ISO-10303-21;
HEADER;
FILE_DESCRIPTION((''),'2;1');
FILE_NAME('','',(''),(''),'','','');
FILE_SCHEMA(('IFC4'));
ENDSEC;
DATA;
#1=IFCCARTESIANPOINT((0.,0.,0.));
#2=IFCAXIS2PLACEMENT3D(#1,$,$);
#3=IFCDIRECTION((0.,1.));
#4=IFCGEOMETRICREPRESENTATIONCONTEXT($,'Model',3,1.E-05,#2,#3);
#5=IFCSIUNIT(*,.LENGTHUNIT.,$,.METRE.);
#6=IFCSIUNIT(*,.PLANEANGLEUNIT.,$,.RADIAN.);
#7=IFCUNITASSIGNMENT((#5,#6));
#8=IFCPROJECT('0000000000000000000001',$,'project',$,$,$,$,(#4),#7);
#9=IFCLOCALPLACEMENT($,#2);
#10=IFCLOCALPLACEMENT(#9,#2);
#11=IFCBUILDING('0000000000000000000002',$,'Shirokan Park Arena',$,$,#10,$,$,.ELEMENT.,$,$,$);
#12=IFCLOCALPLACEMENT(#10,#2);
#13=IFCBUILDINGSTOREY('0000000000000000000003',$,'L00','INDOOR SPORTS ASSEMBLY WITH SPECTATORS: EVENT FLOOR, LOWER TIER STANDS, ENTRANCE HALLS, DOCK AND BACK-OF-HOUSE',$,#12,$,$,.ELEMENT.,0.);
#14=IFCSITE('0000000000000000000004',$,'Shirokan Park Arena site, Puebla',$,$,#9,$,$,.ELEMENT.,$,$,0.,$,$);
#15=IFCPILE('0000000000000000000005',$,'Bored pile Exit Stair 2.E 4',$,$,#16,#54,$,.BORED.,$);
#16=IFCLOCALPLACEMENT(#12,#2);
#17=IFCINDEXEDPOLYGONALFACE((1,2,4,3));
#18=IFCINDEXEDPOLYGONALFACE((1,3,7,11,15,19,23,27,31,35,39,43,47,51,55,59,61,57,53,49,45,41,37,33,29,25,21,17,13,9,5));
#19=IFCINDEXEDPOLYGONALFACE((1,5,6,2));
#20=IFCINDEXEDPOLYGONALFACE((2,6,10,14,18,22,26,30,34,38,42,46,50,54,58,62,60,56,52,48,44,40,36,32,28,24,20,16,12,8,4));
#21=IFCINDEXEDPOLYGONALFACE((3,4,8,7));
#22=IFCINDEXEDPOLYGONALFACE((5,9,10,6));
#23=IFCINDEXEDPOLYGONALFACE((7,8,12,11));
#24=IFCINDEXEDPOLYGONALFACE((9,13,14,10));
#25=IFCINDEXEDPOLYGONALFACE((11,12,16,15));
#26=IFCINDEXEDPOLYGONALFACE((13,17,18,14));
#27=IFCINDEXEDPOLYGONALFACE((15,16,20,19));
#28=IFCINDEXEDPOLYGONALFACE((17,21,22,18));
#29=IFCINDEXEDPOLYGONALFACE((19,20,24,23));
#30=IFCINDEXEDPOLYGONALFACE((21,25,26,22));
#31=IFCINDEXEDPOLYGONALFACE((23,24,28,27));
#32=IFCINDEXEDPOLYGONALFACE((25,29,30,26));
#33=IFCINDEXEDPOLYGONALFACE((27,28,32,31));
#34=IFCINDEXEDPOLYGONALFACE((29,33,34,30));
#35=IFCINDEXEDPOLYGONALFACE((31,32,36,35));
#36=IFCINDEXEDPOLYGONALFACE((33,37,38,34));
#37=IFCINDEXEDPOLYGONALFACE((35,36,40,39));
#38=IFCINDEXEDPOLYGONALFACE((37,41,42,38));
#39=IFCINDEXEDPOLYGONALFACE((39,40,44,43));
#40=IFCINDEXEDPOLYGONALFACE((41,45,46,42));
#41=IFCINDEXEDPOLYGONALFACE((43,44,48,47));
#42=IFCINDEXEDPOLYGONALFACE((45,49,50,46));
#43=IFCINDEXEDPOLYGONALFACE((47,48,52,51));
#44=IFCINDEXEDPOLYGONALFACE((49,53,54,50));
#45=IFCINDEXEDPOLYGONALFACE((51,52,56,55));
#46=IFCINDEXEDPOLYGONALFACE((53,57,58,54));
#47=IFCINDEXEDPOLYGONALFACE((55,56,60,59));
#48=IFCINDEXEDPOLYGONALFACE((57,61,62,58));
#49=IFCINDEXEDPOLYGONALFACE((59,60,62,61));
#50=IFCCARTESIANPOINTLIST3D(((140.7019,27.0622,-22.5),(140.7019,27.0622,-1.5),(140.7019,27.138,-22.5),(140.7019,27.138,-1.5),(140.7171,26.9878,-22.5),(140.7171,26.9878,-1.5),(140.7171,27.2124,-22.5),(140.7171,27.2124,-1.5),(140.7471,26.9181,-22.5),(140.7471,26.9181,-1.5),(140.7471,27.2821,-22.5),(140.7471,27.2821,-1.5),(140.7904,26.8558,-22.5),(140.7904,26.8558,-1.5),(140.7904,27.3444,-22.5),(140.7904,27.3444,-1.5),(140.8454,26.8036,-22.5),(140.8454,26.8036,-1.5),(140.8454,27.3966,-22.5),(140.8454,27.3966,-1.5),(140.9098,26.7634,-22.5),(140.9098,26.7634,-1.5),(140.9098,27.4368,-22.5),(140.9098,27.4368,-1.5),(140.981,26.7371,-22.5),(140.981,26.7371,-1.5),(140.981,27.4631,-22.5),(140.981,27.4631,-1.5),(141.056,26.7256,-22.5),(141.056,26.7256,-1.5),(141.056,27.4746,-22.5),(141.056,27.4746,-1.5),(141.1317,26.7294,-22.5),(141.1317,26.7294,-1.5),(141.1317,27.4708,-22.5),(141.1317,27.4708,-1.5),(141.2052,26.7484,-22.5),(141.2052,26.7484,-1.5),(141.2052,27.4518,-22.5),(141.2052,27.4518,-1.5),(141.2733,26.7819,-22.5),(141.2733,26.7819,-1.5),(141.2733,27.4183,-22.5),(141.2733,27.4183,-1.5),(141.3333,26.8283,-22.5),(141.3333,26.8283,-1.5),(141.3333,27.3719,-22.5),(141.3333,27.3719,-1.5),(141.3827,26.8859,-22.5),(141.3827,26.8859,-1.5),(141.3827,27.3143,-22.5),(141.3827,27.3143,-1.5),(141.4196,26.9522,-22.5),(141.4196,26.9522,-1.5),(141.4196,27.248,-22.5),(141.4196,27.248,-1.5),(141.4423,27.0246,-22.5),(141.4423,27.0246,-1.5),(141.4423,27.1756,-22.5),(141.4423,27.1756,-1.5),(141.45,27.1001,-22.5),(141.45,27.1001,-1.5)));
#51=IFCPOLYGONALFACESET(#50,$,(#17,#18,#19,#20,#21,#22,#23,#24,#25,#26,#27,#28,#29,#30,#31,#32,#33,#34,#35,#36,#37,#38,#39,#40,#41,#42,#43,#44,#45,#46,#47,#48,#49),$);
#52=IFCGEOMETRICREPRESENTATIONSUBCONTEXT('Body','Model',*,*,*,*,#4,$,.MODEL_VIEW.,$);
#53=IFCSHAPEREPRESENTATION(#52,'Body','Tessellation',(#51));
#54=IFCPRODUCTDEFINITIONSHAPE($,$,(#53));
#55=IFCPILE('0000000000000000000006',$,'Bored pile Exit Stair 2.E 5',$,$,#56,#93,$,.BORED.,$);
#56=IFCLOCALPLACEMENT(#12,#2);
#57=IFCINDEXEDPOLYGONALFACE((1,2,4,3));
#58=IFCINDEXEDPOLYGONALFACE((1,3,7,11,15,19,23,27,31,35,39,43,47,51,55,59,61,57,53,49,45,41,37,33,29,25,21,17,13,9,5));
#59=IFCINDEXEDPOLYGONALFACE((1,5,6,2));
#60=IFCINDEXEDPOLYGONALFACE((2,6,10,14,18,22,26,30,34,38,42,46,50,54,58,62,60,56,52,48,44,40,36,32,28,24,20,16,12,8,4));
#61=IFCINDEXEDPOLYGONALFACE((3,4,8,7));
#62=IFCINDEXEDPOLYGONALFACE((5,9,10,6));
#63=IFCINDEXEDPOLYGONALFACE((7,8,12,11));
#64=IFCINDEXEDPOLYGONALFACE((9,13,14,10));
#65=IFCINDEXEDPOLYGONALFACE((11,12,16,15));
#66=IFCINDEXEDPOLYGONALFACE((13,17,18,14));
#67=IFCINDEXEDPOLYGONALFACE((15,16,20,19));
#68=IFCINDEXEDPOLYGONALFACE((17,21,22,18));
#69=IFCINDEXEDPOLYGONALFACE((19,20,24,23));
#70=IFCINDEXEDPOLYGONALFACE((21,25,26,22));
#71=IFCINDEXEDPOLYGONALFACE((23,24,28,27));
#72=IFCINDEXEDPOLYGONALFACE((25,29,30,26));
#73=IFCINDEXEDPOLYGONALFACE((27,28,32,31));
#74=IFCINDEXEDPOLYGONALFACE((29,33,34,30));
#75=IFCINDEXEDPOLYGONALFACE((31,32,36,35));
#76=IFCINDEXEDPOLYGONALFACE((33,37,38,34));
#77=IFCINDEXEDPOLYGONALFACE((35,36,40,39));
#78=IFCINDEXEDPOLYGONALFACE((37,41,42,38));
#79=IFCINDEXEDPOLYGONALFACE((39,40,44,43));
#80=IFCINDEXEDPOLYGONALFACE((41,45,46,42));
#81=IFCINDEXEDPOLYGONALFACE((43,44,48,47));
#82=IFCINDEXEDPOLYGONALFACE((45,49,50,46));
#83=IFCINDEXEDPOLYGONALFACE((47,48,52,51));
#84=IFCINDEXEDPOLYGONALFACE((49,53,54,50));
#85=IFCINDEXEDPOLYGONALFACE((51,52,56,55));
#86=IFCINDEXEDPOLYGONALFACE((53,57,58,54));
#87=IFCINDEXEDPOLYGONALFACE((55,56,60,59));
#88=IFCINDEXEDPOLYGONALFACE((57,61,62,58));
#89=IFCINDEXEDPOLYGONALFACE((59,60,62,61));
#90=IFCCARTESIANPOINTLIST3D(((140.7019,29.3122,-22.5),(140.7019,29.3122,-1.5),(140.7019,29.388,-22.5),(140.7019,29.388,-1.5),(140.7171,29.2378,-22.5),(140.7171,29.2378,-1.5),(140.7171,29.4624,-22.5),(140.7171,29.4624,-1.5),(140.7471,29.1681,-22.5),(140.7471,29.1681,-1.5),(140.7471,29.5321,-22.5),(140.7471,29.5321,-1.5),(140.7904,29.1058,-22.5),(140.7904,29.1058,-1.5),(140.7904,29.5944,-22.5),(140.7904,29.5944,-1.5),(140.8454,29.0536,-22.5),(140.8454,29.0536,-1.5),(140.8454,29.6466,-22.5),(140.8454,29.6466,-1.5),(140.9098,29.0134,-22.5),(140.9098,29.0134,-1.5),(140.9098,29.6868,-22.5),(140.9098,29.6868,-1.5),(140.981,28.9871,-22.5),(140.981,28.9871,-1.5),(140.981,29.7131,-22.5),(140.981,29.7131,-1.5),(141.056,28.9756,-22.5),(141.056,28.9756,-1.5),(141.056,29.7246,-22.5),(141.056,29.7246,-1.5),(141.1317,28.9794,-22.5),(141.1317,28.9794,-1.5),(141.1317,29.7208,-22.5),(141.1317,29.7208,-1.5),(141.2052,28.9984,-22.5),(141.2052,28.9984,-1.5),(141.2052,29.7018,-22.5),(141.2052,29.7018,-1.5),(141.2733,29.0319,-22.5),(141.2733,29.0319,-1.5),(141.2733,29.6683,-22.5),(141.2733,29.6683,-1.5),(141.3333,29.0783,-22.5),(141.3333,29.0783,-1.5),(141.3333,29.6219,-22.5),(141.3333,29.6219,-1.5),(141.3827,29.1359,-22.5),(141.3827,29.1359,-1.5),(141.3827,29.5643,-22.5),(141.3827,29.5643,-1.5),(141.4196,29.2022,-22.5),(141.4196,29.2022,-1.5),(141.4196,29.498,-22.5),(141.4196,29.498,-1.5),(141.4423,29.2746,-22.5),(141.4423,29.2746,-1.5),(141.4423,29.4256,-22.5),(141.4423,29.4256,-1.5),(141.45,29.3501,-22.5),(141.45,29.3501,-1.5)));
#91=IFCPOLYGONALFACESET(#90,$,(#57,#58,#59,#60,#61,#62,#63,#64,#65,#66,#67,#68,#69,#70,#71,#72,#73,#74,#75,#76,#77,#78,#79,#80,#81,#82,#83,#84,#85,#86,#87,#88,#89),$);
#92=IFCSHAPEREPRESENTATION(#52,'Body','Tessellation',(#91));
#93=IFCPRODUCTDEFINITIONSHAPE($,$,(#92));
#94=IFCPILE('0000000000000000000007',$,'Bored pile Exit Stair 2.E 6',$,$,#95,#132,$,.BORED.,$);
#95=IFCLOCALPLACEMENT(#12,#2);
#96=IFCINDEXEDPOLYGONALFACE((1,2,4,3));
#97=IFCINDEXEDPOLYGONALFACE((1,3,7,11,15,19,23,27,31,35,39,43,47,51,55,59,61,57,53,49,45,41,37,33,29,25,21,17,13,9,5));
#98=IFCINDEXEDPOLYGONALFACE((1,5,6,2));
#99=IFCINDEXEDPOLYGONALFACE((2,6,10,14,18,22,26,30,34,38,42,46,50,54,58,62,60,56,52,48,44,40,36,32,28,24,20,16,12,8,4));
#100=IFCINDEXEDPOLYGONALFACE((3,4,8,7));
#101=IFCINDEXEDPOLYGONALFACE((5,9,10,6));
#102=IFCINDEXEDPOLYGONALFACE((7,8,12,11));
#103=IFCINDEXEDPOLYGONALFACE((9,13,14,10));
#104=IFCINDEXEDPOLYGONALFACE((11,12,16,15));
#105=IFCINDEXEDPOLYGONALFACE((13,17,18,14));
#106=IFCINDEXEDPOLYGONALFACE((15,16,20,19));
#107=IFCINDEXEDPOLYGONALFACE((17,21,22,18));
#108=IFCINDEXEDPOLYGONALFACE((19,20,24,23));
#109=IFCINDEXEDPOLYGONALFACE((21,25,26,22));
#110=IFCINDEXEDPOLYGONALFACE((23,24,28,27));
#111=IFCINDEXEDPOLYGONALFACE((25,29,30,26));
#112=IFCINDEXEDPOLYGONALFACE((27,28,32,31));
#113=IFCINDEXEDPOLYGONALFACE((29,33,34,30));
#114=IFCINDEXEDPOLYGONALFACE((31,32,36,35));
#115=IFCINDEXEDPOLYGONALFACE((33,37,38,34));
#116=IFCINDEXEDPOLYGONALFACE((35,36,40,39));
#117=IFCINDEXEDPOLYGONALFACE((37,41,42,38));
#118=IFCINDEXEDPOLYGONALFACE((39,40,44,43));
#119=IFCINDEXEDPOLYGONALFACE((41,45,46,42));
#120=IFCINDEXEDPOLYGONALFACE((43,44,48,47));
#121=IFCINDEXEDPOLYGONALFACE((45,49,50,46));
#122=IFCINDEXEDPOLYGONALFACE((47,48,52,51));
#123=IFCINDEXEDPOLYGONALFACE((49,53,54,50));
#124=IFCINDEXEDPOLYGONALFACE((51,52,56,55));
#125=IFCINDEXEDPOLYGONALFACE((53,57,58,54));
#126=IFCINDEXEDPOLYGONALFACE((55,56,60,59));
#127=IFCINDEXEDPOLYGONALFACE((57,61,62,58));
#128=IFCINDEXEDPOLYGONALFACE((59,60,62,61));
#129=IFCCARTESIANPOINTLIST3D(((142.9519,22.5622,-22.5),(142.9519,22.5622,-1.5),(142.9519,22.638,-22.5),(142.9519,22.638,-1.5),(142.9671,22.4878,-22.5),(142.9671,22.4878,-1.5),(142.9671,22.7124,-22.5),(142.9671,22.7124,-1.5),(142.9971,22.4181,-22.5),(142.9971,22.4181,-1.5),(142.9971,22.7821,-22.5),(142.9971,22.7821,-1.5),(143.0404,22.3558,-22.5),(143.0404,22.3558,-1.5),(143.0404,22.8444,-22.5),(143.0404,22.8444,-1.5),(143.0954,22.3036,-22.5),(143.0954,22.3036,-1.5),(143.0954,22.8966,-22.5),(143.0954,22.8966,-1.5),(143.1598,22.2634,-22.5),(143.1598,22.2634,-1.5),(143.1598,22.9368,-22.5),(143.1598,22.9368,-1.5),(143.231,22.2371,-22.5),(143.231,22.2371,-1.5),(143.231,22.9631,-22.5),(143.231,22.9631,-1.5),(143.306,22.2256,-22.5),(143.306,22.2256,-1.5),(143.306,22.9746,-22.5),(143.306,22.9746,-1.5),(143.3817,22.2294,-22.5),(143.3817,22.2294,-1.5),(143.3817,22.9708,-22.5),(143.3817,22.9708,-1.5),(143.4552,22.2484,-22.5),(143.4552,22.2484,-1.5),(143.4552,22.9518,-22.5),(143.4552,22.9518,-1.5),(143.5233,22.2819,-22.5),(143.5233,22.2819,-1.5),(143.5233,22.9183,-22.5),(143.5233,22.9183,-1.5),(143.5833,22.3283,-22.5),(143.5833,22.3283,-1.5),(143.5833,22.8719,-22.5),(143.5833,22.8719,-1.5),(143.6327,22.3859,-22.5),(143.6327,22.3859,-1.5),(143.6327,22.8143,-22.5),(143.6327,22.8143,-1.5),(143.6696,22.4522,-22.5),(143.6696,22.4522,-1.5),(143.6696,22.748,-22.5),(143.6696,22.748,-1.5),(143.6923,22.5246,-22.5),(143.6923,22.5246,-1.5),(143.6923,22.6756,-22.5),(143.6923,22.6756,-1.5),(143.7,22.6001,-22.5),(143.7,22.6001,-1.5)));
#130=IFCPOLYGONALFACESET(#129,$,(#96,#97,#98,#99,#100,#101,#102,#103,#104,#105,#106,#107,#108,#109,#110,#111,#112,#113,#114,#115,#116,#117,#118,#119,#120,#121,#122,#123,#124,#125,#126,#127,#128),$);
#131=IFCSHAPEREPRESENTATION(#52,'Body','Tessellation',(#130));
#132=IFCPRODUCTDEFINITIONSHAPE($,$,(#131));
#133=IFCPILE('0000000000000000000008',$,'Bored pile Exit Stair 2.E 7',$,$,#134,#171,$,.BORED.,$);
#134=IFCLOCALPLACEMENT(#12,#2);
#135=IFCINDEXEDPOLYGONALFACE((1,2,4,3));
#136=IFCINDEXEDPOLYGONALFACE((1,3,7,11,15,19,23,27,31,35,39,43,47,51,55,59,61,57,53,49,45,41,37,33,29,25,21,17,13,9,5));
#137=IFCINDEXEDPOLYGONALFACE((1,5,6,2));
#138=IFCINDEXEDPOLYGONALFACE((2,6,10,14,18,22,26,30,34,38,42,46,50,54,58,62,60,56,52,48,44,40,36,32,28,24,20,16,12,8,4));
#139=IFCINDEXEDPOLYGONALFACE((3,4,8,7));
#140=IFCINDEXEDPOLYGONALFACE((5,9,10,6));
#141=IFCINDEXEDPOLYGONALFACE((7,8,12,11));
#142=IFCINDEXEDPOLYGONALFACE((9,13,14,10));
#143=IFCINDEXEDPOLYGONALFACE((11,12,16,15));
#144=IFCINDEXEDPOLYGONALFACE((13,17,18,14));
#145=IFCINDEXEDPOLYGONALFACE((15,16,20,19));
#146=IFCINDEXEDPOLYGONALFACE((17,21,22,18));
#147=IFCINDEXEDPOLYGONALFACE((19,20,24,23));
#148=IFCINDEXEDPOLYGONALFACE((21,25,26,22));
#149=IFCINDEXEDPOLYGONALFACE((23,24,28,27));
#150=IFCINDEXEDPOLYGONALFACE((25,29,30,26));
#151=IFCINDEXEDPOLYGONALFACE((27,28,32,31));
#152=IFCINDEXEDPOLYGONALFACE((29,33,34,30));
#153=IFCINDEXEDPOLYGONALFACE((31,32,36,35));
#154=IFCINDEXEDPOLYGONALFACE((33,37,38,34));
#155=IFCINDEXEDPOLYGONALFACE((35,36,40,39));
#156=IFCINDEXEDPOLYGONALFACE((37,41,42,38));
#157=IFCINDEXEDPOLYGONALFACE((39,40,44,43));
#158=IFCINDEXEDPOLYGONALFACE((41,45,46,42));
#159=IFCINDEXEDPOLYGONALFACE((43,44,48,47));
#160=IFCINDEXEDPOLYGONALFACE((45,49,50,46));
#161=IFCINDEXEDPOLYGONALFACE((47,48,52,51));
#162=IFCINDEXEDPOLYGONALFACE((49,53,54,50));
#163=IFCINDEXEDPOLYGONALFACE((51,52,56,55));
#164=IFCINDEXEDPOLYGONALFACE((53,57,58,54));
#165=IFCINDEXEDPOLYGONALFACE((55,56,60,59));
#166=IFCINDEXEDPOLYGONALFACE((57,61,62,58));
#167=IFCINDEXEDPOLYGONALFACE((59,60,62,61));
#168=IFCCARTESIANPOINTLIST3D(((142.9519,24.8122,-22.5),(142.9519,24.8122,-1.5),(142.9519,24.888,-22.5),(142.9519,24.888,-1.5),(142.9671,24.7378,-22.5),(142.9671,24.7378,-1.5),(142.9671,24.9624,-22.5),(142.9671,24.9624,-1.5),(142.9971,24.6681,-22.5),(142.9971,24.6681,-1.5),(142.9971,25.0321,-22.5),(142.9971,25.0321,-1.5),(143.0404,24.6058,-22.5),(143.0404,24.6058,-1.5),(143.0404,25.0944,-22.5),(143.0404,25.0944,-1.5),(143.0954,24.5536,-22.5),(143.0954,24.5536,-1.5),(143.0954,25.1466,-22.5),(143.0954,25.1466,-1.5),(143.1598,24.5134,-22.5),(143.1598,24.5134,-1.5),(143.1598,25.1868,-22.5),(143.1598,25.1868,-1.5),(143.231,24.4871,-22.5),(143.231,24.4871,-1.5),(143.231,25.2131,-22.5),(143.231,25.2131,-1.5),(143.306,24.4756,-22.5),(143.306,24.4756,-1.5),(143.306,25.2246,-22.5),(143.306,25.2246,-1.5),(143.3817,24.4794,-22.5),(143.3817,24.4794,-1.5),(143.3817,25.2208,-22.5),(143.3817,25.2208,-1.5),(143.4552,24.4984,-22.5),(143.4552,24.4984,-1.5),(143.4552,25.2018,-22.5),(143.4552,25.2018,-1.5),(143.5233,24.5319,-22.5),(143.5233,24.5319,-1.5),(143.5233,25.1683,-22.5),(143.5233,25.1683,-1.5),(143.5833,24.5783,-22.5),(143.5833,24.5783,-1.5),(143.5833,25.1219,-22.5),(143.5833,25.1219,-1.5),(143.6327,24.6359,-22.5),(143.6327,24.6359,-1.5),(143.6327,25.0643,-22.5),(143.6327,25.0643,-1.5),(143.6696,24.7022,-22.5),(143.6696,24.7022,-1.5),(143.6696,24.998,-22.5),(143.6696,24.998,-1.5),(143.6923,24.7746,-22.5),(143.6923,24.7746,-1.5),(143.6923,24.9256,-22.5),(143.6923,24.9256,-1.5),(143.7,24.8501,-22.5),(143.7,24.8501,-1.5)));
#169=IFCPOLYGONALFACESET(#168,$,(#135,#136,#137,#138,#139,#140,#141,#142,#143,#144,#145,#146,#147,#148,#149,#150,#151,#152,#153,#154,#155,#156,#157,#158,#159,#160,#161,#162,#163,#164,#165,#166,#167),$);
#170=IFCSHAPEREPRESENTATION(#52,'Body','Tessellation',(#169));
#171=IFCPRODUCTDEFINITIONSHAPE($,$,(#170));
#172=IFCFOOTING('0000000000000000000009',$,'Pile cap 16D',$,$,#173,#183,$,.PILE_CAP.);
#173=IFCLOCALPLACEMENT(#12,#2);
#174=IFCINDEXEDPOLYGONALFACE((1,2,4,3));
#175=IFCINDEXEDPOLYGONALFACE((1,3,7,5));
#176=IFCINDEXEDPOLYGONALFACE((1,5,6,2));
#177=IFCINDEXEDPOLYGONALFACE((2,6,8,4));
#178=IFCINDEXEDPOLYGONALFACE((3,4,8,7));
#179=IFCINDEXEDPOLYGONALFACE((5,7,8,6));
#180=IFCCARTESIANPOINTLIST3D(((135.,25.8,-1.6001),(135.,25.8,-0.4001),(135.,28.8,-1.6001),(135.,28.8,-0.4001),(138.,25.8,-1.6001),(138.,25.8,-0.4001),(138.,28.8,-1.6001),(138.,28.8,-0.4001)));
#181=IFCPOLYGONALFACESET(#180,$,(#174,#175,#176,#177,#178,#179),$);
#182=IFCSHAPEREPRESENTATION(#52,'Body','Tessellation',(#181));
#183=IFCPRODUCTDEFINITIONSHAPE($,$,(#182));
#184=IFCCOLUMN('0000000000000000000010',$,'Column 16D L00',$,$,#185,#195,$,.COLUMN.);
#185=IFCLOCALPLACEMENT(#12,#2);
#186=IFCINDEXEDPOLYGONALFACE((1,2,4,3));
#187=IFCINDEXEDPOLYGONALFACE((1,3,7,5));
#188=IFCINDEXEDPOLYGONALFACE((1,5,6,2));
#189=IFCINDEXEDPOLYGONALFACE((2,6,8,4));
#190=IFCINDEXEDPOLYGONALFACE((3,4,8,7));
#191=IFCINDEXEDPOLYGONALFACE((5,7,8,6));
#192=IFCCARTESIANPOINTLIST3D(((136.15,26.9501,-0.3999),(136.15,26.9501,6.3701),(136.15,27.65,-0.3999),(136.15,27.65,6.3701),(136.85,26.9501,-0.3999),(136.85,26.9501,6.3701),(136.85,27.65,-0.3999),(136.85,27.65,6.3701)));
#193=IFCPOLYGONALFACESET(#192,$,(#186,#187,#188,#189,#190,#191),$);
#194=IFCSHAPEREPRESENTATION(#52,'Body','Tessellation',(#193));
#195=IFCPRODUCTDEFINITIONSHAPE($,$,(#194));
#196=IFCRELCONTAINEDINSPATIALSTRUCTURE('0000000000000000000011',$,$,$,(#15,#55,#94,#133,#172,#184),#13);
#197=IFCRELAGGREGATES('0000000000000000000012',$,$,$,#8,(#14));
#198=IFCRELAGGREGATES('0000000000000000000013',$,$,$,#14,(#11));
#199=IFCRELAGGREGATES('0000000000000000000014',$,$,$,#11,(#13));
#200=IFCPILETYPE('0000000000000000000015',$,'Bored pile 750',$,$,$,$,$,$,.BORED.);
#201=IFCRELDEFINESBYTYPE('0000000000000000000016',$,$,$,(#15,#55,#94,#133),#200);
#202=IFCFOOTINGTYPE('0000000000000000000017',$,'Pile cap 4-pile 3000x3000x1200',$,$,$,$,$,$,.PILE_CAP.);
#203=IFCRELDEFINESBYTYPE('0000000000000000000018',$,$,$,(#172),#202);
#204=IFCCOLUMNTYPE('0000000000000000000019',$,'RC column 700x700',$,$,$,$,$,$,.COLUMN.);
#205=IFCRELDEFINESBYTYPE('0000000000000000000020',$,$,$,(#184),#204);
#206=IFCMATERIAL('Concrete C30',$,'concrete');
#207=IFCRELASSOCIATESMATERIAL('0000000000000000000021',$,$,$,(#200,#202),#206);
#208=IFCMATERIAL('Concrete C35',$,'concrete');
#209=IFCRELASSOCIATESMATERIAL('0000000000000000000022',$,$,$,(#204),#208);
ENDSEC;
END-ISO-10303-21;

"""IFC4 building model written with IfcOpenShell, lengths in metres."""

from ifc_helpers import new_model, si_unit, direction, frame, origin, origin_2d, place, context, subcontext, project, spatial, rectangle, circle, extrude, material, material_profile, profile_set, type_object, element, save


model = new_model("IFC4")

# Units and contexts
model_context = context("Model", 3, precision=1e-05, world=origin(), true_north=direction((0.0, 1.0)))
body_context = subcontext(model_context, "Body", "Model", "MODEL_VIEW")
ifc_project = project(units=[si_unit("LENGTHUNIT", "METRE"), si_unit("PLANEANGLEUNIT", "RADIAN")], contexts=[model_context])

# Site, building, storey
site_placement = place(None, origin())
site = spatial("IfcSite", under=ifc_project, at=site_placement, Name="Shirokan Park Arena site, Puebla", CompositionType="ELEMENT", RefElevation=0.0)
building_placement = place(site_placement, origin())
building = spatial("IfcBuilding", under=site, at=building_placement, Name="Shirokan Park Arena", CompositionType="ELEMENT")
storey_placement = place(building_placement, origin())
storey = spatial("IfcBuildingStorey", under=building, at=storey_placement, Name="L00", Description="INDOOR SPORTS ASSEMBLY WITH SPECTATORS: EVENT FLOOR, LOWER TIER STANDS, ENTRANCE HALLS, DOCK AND BACK-OF-HOUSE", CompositionType="ELEMENT", Elevation=0.0)

# Piles
ifc_material_1 = material(Name="Concrete C30", Category="concrete")
ifc_material_profile_1 = material_profile(ifc_material_1, circle(Radius=0.375, at=origin_2d()), Name="D750")
ifc_profile_set_1 = profile_set([ifc_material_profile_1], Name="Concrete C30")
pile_type_1 = type_object("IfcPileType", Name="Bored pile 750", PredefinedType="BORED", material=ifc_profile_set_1)
for number, where, z_axis, x_axis, name in (
    (1, (141.075, 27.1001, -1.5), (0.0, 0.0, -1.0), (1.0, 0.0, 0.0), "Bored pile Exit Stair 2.E 4"),
    (2, (141.075, 29.3501, -1.5), (0.0, 0.0, -1.0), (1.0, 0.0, 0.0), "Bored pile Exit Stair 2.E 5"),
    (3, (143.325, 22.6001, -1.5), (0.0, 0.0, -1.0), (1.0, 0.0, 0.0), "Bored pile Exit Stair 2.E 6"),
    (4, (143.325, 24.8501, -1.5), (0.0, 0.0, -1.0), (1.0, 0.0, 0.0), "Bored pile Exit Stair 2.E 7"),
):
    element("IfcPile", number, at=place(storey_placement, frame(where, z_axis=z_axis, x_axis=x_axis)), inside=storey, type_object=pile_type_1, Name=name, PredefinedType="BORED", context=body_context, shape_type="SweptSolid", body=[
        extrude(circle(Radius=0.375, at=origin_2d()), origin(), (0.0, 0.0, 1.0), 21.0),
    ])

# Footing
footing_type = type_object("IfcFootingType", Name="Pile cap 4-pile 3000x3000x1200", PredefinedType="PILE_CAP", material=ifc_material_1)
footing_placement = place(storey_placement, frame((136.5, 27.3, -1.6001), z_axis=(0.0, 0.0, 1.0), x_axis=(1.0, 0.0, 0.0)))
element("IfcFooting", 5, at=footing_placement, inside=storey, type_object=footing_type, Name="Pile cap 16D", PredefinedType="PILE_CAP", context=body_context, shape_type="SweptSolid", body=[
    extrude(rectangle(XDim=3.0, YDim=3.0, at=origin_2d()), origin(), (0.0, 0.0, 1.0), 1.2),
])

# Column
ifc_material_2 = material(Name="Concrete C35", Category="concrete")
ifc_material_profile_2 = material_profile(ifc_material_2, rectangle(XDim=0.7, YDim=0.7, at=origin_2d()), Name="700x700")
ifc_profile_set_2 = profile_set([ifc_material_profile_2], Name="Concrete C35")
column_type = type_object("IfcColumnType", Name="RC column 700x700", PredefinedType="COLUMN", material=ifc_profile_set_2)
column_placement = place(storey_placement, frame((136.5, 27.3, -0.3999), z_axis=(0.0, 0.0, 1.0), x_axis=(1.0, 0.0, 0.0)))
element("IfcColumn", 6, at=column_placement, inside=storey, type_object=column_type, Name="Column 16D L00", PredefinedType="COLUMN", context=body_context, shape_type="SweptSolid", body=[
    extrude(rectangle(XDim=0.7, YDim=0.7, at=origin_2d()), origin(), (0.0, 0.0, 1.0), 6.77),
])

save(model, "model.ifc")
